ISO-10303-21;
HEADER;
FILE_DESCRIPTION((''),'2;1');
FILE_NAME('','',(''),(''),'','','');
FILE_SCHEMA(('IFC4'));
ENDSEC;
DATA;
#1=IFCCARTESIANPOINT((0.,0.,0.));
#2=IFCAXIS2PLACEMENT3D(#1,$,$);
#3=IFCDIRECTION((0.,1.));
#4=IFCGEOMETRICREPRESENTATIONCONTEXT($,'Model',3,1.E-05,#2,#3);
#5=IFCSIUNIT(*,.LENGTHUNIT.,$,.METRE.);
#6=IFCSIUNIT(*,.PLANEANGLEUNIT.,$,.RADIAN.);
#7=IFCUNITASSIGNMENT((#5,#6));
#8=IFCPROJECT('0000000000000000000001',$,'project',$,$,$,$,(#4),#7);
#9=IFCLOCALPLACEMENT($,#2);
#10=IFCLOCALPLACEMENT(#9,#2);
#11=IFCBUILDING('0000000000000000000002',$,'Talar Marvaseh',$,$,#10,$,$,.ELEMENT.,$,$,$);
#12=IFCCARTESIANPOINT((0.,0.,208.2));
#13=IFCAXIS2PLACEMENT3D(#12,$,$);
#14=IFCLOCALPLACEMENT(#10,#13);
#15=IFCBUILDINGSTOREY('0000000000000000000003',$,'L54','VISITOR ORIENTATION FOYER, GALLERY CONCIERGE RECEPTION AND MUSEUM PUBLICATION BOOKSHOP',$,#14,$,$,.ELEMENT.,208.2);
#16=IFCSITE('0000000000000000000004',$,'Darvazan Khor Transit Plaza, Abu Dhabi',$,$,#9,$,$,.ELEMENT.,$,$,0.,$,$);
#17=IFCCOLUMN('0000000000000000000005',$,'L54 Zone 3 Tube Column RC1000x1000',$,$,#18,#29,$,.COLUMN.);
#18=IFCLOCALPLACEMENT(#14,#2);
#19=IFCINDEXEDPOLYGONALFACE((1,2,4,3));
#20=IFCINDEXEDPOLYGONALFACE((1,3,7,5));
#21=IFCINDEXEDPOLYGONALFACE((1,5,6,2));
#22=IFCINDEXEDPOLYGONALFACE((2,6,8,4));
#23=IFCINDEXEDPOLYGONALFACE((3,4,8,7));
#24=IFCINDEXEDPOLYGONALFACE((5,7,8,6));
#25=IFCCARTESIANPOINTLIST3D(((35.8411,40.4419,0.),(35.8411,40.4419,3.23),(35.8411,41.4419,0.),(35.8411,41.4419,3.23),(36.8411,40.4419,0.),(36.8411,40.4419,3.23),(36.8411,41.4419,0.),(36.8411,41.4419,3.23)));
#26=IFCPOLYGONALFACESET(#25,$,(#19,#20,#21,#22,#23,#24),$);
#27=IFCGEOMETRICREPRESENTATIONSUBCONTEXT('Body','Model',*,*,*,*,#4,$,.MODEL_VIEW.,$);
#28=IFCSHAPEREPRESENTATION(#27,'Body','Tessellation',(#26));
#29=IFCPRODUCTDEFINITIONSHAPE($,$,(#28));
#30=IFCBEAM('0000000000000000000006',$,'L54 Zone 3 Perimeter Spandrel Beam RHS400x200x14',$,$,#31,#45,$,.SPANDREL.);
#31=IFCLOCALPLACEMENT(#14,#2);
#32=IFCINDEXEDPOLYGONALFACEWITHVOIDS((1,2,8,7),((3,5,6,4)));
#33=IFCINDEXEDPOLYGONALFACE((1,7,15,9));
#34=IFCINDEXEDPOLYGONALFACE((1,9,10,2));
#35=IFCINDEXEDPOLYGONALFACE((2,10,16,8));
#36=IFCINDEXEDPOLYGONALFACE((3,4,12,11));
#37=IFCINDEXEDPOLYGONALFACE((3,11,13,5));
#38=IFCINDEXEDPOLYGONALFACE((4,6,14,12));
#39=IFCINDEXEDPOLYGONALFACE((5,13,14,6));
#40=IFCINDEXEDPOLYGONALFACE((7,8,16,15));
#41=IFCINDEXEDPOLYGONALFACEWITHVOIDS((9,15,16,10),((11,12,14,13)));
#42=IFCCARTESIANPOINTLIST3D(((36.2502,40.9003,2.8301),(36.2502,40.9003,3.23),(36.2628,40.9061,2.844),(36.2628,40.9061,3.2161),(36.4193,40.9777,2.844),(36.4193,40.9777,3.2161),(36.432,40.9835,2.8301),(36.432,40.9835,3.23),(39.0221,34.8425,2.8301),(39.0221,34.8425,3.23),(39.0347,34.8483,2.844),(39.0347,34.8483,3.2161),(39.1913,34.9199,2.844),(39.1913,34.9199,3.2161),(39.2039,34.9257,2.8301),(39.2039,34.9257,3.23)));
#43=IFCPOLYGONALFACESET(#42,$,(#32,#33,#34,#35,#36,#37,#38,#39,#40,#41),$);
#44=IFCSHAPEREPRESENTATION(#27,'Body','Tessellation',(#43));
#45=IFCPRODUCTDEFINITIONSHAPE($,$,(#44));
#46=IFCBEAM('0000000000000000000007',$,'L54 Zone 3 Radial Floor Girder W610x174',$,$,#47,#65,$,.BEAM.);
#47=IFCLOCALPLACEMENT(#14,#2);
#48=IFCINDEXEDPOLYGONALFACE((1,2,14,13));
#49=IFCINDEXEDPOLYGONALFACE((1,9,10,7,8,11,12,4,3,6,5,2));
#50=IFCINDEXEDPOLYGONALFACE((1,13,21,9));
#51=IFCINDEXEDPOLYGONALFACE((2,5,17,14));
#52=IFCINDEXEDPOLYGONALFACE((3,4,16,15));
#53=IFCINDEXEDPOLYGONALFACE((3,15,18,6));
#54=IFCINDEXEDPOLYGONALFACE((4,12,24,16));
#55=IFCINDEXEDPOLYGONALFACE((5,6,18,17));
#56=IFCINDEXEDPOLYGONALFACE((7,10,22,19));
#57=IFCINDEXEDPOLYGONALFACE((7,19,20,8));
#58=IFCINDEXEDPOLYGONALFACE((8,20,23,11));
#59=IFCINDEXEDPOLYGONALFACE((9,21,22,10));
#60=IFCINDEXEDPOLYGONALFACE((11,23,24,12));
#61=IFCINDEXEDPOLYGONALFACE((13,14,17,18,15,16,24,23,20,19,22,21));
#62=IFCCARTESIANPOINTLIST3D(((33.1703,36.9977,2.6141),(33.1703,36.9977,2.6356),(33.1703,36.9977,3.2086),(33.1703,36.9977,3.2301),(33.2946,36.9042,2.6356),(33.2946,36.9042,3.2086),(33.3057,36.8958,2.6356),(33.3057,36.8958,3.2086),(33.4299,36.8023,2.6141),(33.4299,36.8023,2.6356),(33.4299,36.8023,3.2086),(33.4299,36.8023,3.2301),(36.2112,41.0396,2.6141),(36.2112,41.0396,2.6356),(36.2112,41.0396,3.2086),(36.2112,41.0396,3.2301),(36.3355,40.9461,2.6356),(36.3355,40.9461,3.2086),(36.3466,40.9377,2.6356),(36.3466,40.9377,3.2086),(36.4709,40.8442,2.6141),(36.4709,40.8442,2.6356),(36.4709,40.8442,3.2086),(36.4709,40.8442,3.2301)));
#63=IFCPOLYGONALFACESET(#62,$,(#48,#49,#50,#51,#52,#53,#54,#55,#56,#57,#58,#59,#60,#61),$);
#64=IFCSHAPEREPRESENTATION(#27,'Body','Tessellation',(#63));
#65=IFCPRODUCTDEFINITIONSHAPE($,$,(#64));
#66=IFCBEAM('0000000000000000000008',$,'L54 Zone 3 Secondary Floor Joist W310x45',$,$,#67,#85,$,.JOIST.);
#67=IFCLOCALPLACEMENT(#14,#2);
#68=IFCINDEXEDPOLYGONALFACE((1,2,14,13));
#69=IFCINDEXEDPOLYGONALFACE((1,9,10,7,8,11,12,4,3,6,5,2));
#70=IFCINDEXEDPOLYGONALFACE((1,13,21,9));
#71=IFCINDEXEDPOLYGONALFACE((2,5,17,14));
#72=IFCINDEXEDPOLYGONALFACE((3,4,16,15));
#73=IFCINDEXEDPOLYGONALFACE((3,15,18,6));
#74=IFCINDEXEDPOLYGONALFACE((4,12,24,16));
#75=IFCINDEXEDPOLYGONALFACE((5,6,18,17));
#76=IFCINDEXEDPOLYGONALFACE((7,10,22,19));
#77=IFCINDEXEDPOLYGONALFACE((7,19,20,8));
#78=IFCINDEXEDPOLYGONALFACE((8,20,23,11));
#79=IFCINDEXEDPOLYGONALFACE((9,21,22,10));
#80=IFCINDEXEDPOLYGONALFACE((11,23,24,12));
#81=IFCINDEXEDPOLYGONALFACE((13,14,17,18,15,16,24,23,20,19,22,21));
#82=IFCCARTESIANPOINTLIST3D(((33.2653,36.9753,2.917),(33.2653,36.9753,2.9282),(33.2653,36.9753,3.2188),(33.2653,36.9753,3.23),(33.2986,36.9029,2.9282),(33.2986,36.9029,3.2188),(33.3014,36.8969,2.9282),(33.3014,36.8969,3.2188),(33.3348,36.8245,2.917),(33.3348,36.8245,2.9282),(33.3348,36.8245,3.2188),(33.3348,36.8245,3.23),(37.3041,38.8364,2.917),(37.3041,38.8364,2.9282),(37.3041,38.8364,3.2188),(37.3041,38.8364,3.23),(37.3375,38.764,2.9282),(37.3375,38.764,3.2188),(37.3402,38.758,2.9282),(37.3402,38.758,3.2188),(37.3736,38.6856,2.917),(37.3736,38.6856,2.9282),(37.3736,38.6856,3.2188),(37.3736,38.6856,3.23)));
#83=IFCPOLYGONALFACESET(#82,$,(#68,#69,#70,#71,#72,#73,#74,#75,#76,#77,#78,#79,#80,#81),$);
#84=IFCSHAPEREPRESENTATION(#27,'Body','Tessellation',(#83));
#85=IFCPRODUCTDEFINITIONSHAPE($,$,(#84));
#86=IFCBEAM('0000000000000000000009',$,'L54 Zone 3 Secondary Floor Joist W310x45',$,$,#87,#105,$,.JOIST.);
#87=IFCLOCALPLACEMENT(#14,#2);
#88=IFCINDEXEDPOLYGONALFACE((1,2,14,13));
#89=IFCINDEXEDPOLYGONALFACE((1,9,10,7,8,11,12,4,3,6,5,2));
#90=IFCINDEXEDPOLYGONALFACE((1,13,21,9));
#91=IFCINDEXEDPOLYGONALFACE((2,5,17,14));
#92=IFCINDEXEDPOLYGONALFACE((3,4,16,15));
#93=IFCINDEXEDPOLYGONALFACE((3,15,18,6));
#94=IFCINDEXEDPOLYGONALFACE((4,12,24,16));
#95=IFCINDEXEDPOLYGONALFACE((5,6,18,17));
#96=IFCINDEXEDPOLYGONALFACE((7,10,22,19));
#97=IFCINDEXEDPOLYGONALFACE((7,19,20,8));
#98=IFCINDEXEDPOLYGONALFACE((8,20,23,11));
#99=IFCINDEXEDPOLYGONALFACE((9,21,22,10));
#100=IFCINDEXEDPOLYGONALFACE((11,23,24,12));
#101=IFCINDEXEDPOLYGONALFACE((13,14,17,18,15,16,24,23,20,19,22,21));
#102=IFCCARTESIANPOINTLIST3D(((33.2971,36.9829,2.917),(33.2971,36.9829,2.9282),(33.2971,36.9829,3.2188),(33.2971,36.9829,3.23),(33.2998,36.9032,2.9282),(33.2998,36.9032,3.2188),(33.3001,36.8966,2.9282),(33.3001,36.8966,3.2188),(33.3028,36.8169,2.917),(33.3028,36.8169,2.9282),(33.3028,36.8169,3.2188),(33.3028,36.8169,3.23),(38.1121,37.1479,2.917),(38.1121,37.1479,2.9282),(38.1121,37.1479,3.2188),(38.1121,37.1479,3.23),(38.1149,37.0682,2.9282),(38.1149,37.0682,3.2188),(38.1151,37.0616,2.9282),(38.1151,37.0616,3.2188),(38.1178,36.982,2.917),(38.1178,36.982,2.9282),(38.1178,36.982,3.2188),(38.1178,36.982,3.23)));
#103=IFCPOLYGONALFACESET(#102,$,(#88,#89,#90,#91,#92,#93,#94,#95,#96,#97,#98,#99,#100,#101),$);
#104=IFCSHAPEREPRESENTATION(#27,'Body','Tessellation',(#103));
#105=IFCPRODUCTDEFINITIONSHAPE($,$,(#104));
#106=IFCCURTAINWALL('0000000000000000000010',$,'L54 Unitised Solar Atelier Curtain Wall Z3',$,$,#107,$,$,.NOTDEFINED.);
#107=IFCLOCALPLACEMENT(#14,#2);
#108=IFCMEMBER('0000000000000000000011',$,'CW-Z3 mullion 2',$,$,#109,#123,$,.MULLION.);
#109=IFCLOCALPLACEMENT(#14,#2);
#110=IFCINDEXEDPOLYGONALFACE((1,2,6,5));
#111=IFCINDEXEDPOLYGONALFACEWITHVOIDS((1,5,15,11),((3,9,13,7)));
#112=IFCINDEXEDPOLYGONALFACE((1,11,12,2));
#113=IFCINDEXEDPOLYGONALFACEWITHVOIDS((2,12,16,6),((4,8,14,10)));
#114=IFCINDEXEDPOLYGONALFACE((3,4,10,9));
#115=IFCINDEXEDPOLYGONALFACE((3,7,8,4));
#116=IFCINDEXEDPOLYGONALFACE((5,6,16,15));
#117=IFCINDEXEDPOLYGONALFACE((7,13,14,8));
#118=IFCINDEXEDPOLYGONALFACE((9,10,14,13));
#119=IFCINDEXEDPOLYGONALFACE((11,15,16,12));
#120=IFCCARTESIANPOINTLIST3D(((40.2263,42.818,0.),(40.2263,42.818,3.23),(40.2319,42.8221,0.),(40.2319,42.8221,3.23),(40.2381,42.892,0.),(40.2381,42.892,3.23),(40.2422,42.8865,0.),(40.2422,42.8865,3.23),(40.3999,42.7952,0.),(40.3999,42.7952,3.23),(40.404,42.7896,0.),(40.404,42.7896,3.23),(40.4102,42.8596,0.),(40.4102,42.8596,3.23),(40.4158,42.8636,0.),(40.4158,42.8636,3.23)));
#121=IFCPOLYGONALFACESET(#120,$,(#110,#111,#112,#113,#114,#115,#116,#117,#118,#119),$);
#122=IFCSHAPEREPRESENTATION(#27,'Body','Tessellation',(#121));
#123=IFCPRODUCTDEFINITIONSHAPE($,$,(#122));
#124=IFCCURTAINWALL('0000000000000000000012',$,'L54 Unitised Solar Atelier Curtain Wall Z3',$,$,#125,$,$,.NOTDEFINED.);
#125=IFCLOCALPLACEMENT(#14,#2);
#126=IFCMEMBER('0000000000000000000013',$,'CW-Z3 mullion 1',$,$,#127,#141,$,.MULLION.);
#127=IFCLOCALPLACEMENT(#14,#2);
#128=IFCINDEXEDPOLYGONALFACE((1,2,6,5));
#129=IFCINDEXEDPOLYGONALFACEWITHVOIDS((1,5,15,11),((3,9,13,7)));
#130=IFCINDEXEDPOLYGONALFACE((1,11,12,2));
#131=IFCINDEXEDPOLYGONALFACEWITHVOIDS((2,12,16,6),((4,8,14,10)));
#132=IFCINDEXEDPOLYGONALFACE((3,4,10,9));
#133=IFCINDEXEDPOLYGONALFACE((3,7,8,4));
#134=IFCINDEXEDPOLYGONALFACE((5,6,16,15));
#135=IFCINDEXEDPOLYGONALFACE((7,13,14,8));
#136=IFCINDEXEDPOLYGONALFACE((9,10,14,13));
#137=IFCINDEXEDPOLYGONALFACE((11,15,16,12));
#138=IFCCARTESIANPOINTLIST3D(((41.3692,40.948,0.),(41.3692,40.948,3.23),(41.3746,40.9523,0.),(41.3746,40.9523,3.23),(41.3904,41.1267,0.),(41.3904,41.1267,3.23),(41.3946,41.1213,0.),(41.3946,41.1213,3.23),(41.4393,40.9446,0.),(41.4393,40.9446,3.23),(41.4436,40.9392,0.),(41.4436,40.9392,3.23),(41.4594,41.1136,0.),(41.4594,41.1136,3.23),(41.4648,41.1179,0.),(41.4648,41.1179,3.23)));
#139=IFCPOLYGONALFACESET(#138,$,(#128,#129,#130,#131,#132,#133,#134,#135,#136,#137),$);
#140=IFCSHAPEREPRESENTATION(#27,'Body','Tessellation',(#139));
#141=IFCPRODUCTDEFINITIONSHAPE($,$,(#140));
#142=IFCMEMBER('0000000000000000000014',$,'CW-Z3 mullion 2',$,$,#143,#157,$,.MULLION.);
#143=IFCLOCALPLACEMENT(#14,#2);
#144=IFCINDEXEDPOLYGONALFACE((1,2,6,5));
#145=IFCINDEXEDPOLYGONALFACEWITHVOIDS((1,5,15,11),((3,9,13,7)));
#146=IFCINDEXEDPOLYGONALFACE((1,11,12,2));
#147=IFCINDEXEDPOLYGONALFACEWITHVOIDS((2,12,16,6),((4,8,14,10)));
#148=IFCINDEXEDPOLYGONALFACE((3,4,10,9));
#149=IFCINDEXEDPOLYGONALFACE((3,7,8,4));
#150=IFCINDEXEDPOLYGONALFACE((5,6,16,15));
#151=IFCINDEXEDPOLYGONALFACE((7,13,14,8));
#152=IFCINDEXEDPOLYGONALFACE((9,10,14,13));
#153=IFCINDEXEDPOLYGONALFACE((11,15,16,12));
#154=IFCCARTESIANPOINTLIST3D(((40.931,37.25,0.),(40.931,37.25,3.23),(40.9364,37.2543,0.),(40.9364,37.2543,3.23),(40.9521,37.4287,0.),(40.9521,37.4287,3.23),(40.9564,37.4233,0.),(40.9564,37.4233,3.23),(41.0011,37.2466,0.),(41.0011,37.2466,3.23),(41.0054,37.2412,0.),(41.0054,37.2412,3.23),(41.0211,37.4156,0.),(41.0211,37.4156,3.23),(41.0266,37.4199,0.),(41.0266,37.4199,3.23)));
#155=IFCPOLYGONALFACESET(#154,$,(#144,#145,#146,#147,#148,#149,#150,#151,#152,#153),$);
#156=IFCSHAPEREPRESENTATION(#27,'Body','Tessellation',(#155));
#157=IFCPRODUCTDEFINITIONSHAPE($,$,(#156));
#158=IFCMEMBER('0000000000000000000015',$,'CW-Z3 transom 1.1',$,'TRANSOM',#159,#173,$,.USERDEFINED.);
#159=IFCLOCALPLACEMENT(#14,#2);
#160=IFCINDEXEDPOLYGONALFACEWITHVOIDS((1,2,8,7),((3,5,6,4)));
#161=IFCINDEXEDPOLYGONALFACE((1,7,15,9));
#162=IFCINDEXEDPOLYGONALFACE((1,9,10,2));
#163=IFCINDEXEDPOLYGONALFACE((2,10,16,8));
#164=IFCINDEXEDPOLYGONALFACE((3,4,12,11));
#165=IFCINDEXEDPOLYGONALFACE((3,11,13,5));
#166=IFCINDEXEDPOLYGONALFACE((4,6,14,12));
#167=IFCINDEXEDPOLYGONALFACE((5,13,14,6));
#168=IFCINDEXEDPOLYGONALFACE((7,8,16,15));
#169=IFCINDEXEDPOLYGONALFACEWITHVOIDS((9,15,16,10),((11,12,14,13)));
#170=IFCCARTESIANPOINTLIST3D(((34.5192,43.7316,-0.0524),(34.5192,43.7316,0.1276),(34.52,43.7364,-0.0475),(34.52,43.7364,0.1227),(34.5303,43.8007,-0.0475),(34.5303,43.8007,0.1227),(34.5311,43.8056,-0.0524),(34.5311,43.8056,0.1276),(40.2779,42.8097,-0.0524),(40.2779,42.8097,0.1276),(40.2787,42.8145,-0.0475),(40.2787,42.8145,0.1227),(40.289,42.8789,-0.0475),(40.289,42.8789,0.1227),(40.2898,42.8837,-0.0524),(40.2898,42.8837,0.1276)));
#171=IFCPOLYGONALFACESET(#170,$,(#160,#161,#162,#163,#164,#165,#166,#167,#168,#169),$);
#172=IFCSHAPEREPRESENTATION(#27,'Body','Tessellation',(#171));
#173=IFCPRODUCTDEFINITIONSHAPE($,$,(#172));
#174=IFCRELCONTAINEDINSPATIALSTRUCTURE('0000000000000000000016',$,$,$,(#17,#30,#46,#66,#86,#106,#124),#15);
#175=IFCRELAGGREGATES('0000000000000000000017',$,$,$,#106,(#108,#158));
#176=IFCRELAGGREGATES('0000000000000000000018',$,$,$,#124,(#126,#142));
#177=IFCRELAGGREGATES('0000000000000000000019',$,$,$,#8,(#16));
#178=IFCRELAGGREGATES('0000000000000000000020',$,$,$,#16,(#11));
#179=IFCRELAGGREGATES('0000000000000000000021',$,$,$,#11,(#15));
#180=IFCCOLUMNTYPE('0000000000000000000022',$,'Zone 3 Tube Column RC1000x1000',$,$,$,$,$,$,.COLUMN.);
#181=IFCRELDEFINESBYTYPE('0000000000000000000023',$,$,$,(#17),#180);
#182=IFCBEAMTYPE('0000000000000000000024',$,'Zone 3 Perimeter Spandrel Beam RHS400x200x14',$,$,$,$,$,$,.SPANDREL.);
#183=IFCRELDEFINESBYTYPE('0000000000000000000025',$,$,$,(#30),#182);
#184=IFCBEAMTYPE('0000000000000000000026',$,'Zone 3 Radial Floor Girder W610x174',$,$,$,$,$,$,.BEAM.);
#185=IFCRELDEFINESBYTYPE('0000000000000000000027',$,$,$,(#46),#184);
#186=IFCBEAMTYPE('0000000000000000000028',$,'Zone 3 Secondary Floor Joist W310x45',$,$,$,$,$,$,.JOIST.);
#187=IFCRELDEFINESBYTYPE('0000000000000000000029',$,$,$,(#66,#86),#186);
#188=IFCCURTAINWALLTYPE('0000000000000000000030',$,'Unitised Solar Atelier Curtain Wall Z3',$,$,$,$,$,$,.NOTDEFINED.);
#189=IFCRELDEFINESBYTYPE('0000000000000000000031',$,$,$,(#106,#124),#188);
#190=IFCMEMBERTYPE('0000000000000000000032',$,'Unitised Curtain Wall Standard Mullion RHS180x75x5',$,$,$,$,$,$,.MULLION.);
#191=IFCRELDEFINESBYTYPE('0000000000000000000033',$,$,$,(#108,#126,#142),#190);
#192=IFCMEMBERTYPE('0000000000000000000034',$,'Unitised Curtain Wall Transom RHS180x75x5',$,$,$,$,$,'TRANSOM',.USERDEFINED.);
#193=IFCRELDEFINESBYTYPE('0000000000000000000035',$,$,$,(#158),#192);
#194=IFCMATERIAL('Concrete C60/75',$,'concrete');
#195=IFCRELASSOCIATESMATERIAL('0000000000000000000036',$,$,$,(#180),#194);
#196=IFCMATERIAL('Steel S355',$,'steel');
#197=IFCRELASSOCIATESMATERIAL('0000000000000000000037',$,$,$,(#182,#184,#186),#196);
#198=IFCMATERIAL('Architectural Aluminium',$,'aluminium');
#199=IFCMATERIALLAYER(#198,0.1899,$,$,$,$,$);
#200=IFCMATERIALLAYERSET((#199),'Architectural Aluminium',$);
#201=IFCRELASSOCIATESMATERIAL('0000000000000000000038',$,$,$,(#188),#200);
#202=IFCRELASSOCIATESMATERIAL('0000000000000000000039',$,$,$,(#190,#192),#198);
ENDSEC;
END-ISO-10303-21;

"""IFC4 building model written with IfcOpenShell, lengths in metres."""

from ifc_helpers import new_model, si_unit, direction, frame, origin, origin_2d, place, context, subcontext, project, spatial, rectangle, hollow_rectangle, i_section, extrude, source, transform, mapped, material, layer, layer_set, material_profile, profile_set, type_object, type_shapes, element, aggregate, save


model = new_model("IFC4")

# Units and contexts
model_context = context("Model", 3, precision=1e-05, world=origin(), true_north=direction((0.0, 1.0)))
body_context = subcontext(model_context, "Body", "Model", "MODEL_VIEW")
ifc_project = project(units=[si_unit("LENGTHUNIT", "METRE"), si_unit("PLANEANGLEUNIT", "RADIAN")], contexts=[model_context])

# Site, building, storey
site_placement = place(None, origin())
site = spatial("IfcSite", under=ifc_project, at=site_placement, Name="Darvazan Khor Transit Plaza, Abu Dhabi", CompositionType="ELEMENT", RefElevation=0.0)
building_placement = place(site_placement, origin())
building = spatial("IfcBuilding", under=site, at=building_placement, Name="Talar Marvaseh", CompositionType="ELEMENT")
storey_placement = place(building_placement, frame((0.0, 0.0, 208.2)))
storey = spatial("IfcBuildingStorey", under=building, at=storey_placement, Name="L54", Description="VISITOR ORIENTATION FOYER, GALLERY CONCIERGE RECEPTION AND MUSEUM PUBLICATION BOOKSHOP", CompositionType="ELEMENT", Elevation=208.2)

# Column
ifc_material_1 = material(Name="Concrete C60/75", Category="concrete")
ifc_material_profile_1 = material_profile(ifc_material_1, rectangle(XDim=1.0, YDim=1.0, at=origin_2d()), Name="RC1000x1000")
ifc_profile_set_1 = profile_set([ifc_material_profile_1], Name="Concrete C60/75")
column_type = type_object("IfcColumnType", Name="Zone 3 Tube Column RC1000x1000", PredefinedType="COLUMN", material=ifc_profile_set_1)
column_placement = place(storey_placement, frame((36.3411, 40.9419, 0.0), z_axis=(0.0, 0.0, 1.0), x_axis=(1.0, 0.0, 0.0)))
element("IfcColumn", 1, at=column_placement, inside=storey, type_object=column_type, Name="L54 Zone 3 Tube Column RC1000x1000", PredefinedType="COLUMN", context=body_context, shape_type="SweptSolid", body=[
    extrude(rectangle(XDim=1.0, YDim=1.0, at=origin_2d()), origin(), (0.0, 0.0, 1.0), 3.23),
])

# Beams
ifc_material_2 = material(Name="Steel S355", Category="steel")
ifc_material_profile_2 = material_profile(ifc_material_2, hollow_rectangle(XDim=0.2, YDim=0.3999, WallThickness=0.0139, at=origin_2d()), Name="RHS400x200x14")
ifc_profile_set_2 = profile_set([ifc_material_profile_2], Name="Steel S355")
beam_type_1 = type_object("IfcBeamType", Name="Zone 3 Perimeter Spandrel Beam RHS400x200x14", PredefinedType="SPANDREL", material=ifc_profile_set_2)
beam_1_placement = place(storey_placement, frame((36.3411, 40.9419, 3.03), z_axis=(0.416091, -0.909323, 0.0), x_axis=(0.909323, 0.416091, 0.0)))
element("IfcBeam", 2, at=beam_1_placement, inside=storey, type_object=beam_type_1, Name="L54 Zone 3 Perimeter Spandrel Beam RHS400x200x14", PredefinedType="SPANDREL", context=body_context, shape_type="SweptSolid", body=[
    extrude(hollow_rectangle(XDim=0.2, YDim=0.3999, WallThickness=0.0139, at=origin_2d()), origin(), (0.0, 0.0, 1.0), 6.6619),
])
ifc_material_profile_3 = material_profile(ifc_material_2, i_section(OverallWidth=0.325, OverallDepth=0.616, WebThickness=0.0139, FlangeThickness=0.0215, at=origin_2d()), Name="W610x174")
ifc_profile_set_3 = profile_set([ifc_material_profile_3], Name="Steel S355")
beam_type_2 = type_object("IfcBeamType", Name="Zone 3 Radial Floor Girder W610x174", PredefinedType="BEAM", material=ifc_profile_set_3)
beam_2_placement = place(storey_placement, frame((36.3411, 40.9419, 2.9221), z_axis=(-0.601204, -0.799096, 0.0), x_axis=(0.799096, -0.601204, 0.0)))
element("IfcBeam", 3, at=beam_2_placement, inside=storey, type_object=beam_type_2, Name="L54 Zone 3 Radial Floor Girder W610x174", PredefinedType="BEAM", context=body_context, shape_type="SweptSolid", body=[
    extrude(i_section(OverallWidth=0.325, OverallDepth=0.616, WebThickness=0.0139, FlangeThickness=0.0215, at=origin_2d()), origin(), (0.0, 0.0, 1.0), 5.0581),
])
ifc_material_profile_4 = material_profile(ifc_material_2, i_section(OverallWidth=0.166, OverallDepth=0.313, WebThickness=0.0066, FlangeThickness=0.0112, at=origin_2d()), Name="W310x45")
ifc_profile_set_4 = profile_set([ifc_material_profile_4], Name="Steel S355")
beam_type_3 = type_object("IfcBeamType", Name="Zone 3 Secondary Floor Joist W310x45", PredefinedType="JOIST", material=ifc_profile_set_4)
beam_3_placement = place(storey_placement, frame((37.3389, 38.761, 3.0735), z_axis=(-0.908215, -0.418505, 0.0), x_axis=(0.418505, -0.908215, 0.0)))
element("IfcBeam", 4, at=beam_3_placement, inside=storey, type_object=beam_type_3, Name="L54 Zone 3 Secondary Floor Joist W310x45", PredefinedType="JOIST", context=body_context, shape_type="SweptSolid", body=[
    extrude(i_section(OverallWidth=0.166, OverallDepth=0.313, WebThickness=0.0066, FlangeThickness=0.0112, at=origin_2d()), origin(), (0.0, 0.0, 1.0), 4.447),
])
beam_4_placement = place(storey_placement, frame((38.115, 37.0649, 3.0735), z_axis=(-0.999413, -0.034256, 0.0), x_axis=(0.034256, -0.999413, 0.0)))
element("IfcBeam", 5, at=beam_4_placement, inside=storey, type_object=beam_type_3, Name="L54 Zone 3 Secondary Floor Joist W310x45", PredefinedType="JOIST", context=body_context, shape_type="SweptSolid", body=[
    extrude(i_section(OverallWidth=0.166, OverallDepth=0.313, WebThickness=0.0066, FlangeThickness=0.0112, at=origin_2d()), origin(), (0.0, 0.0, 1.0), 4.8179),
])

# Curtain wall, member
ifc_material_3 = material(Name="Architectural Aluminium", Category="aluminium")
ifc_layer_1 = layer(ifc_material_3, 0.1899)
ifc_layer_set_1 = layer_set([ifc_layer_1], Name="Architectural Aluminium")
curtain_wall_type = type_object("IfcCurtainWallType", Name="Unitised Solar Atelier Curtain Wall Z3", PredefinedType="NOTDEFINED", material=ifc_layer_set_1)
curtain_wall_1_placement = place(storey_placement, origin())
curtain_wall_1 = element("IfcCurtainWall", 6, at=curtain_wall_1_placement, inside=storey, type_object=curtain_wall_type, Name="L54 Unitised Solar Atelier Curtain Wall Z3", PredefinedType="NOTDEFINED")
ifc_material_profile_5 = material_profile(ifc_material_3, hollow_rectangle(XDim=0.075, YDim=0.1799, WallThickness=0.0049, at=origin_2d()), Name="RHS180x75x5")
ifc_profile_set_5 = profile_set([ifc_material_profile_5], Name="Architectural Aluminium")
member_type_1 = type_object("IfcMemberType", Name="Unitised Curtain Wall Standard Mullion RHS180x75x5", PredefinedType="MULLION", material=ifc_profile_set_5)
shared_shape_1 = source(origin(), body_context, "Body", "SweptSolid", [
    extrude(hollow_rectangle(XDim=0.075, YDim=0.1799, WallThickness=0.0049, at=origin_2d()), origin(), (0.0, 0.0, 1.0), 3.23),
])
type_shapes(member_type_1, [shared_shape_1])
member_1_placement = place(storey_placement, frame((40.321, 42.8408, 0.0), z_axis=(0.0, 0.0, 1.0), x_axis=(0.158085, 0.987426, 0.0)))
member_1 = element("IfcMember", 7, at=member_1_placement, type_object=member_type_1, Name="CW-Z3 mullion 2", PredefinedType="MULLION", context=body_context, shape_type="MappedRepresentation", body=[
    mapped(shared_shape_1, transform((0.0, 0.0, 0.0), x_axis=(1.0, 0.0, 0.0), y_axis=(0.0, 1.0, 0.0), z_axis=(0.0, 0.0, 1.0), scale=1.0)),
])

# Curtain wall, members
curtain_wall_2_placement = place(storey_placement, origin())
curtain_wall_2 = element("IfcCurtainWall", 8, at=curtain_wall_2_placement, inside=storey, type_object=curtain_wall_type, Name="L54 Unitised Solar Atelier Curtain Wall Z3", PredefinedType="NOTDEFINED")
member_2_placement = place(storey_placement, frame((41.417, 41.033, 0.0), z_axis=(0.0, 0.0, 1.0), x_axis=(0.993051, -0.117689, 0.0)))
member_2 = element("IfcMember", 9, at=member_2_placement, type_object=member_type_1, Name="CW-Z3 mullion 1", PredefinedType="MULLION", context=body_context, shape_type="MappedRepresentation", body=[
    mapped(shared_shape_1, transform((0.0, 0.0, 0.0), x_axis=(1.0, 0.0, 0.0), y_axis=(0.0, 1.0, 0.0), z_axis=(0.0, 0.0, 1.0), scale=1.0)),
])
member_3_placement = place(storey_placement, frame((40.9788, 37.335, 0.0), z_axis=(0.0, 0.0, 1.0), x_axis=(0.993051, -0.117689, 0.0)))
member_3 = element("IfcMember", 10, at=member_3_placement, type_object=member_type_1, Name="CW-Z3 mullion 2", PredefinedType="MULLION", context=body_context, shape_type="MappedRepresentation", body=[
    mapped(shared_shape_1, transform((0.0, 0.0, 0.0), x_axis=(1.0, 0.0, 0.0), y_axis=(0.0, 1.0, 0.0), z_axis=(0.0, 0.0, 1.0), scale=1.0)),
])

# Member
ifc_material_profile_6 = material_profile(ifc_material_3, hollow_rectangle(XDim=0.075, YDim=0.1799, WallThickness=0.0049, at=origin_2d()), Name="RHS180x75x5")
ifc_profile_set_6 = profile_set([ifc_material_profile_6], Name="Architectural Aluminium")
member_type_2 = type_object("IfcMemberType", Name="Unitised Curtain Wall Transom RHS180x75x5", ElementType="TRANSOM", PredefinedType="USERDEFINED", material=ifc_profile_set_6)
shared_shape_2 = source(origin(), body_context, "Body", "SweptSolid", [
    extrude(hollow_rectangle(XDim=0.075, YDim=0.1799, WallThickness=0.0049, at=origin_2d()), origin(), (0.0, 0.0, 1.0), 5.832),
])
member_4_placement = place(storey_placement, frame((34.5251, 43.7686, 0.0376), z_axis=(0.987428, -0.158069, 0.0), x_axis=(0.158069, 0.987428, 0.0)))
member_4 = element("IfcMember", 11, at=member_4_placement, type_object=member_type_2, Name="CW-Z3 transom 1.1", ObjectType="TRANSOM", PredefinedType="USERDEFINED", context=body_context, shape_type="MappedRepresentation", body=[
    mapped(shared_shape_2, transform((0.0, 0.0, 0.0), x_axis=(1.0, 0.0, 0.0), y_axis=(0.0, 1.0, 0.0), z_axis=(0.0, 0.0, 1.0), scale=1.0)),
])

aggregate(curtain_wall_1, [member_1, member_4])
aggregate(curtain_wall_2, [member_2, member_3])

save(model, "model.ifc")
